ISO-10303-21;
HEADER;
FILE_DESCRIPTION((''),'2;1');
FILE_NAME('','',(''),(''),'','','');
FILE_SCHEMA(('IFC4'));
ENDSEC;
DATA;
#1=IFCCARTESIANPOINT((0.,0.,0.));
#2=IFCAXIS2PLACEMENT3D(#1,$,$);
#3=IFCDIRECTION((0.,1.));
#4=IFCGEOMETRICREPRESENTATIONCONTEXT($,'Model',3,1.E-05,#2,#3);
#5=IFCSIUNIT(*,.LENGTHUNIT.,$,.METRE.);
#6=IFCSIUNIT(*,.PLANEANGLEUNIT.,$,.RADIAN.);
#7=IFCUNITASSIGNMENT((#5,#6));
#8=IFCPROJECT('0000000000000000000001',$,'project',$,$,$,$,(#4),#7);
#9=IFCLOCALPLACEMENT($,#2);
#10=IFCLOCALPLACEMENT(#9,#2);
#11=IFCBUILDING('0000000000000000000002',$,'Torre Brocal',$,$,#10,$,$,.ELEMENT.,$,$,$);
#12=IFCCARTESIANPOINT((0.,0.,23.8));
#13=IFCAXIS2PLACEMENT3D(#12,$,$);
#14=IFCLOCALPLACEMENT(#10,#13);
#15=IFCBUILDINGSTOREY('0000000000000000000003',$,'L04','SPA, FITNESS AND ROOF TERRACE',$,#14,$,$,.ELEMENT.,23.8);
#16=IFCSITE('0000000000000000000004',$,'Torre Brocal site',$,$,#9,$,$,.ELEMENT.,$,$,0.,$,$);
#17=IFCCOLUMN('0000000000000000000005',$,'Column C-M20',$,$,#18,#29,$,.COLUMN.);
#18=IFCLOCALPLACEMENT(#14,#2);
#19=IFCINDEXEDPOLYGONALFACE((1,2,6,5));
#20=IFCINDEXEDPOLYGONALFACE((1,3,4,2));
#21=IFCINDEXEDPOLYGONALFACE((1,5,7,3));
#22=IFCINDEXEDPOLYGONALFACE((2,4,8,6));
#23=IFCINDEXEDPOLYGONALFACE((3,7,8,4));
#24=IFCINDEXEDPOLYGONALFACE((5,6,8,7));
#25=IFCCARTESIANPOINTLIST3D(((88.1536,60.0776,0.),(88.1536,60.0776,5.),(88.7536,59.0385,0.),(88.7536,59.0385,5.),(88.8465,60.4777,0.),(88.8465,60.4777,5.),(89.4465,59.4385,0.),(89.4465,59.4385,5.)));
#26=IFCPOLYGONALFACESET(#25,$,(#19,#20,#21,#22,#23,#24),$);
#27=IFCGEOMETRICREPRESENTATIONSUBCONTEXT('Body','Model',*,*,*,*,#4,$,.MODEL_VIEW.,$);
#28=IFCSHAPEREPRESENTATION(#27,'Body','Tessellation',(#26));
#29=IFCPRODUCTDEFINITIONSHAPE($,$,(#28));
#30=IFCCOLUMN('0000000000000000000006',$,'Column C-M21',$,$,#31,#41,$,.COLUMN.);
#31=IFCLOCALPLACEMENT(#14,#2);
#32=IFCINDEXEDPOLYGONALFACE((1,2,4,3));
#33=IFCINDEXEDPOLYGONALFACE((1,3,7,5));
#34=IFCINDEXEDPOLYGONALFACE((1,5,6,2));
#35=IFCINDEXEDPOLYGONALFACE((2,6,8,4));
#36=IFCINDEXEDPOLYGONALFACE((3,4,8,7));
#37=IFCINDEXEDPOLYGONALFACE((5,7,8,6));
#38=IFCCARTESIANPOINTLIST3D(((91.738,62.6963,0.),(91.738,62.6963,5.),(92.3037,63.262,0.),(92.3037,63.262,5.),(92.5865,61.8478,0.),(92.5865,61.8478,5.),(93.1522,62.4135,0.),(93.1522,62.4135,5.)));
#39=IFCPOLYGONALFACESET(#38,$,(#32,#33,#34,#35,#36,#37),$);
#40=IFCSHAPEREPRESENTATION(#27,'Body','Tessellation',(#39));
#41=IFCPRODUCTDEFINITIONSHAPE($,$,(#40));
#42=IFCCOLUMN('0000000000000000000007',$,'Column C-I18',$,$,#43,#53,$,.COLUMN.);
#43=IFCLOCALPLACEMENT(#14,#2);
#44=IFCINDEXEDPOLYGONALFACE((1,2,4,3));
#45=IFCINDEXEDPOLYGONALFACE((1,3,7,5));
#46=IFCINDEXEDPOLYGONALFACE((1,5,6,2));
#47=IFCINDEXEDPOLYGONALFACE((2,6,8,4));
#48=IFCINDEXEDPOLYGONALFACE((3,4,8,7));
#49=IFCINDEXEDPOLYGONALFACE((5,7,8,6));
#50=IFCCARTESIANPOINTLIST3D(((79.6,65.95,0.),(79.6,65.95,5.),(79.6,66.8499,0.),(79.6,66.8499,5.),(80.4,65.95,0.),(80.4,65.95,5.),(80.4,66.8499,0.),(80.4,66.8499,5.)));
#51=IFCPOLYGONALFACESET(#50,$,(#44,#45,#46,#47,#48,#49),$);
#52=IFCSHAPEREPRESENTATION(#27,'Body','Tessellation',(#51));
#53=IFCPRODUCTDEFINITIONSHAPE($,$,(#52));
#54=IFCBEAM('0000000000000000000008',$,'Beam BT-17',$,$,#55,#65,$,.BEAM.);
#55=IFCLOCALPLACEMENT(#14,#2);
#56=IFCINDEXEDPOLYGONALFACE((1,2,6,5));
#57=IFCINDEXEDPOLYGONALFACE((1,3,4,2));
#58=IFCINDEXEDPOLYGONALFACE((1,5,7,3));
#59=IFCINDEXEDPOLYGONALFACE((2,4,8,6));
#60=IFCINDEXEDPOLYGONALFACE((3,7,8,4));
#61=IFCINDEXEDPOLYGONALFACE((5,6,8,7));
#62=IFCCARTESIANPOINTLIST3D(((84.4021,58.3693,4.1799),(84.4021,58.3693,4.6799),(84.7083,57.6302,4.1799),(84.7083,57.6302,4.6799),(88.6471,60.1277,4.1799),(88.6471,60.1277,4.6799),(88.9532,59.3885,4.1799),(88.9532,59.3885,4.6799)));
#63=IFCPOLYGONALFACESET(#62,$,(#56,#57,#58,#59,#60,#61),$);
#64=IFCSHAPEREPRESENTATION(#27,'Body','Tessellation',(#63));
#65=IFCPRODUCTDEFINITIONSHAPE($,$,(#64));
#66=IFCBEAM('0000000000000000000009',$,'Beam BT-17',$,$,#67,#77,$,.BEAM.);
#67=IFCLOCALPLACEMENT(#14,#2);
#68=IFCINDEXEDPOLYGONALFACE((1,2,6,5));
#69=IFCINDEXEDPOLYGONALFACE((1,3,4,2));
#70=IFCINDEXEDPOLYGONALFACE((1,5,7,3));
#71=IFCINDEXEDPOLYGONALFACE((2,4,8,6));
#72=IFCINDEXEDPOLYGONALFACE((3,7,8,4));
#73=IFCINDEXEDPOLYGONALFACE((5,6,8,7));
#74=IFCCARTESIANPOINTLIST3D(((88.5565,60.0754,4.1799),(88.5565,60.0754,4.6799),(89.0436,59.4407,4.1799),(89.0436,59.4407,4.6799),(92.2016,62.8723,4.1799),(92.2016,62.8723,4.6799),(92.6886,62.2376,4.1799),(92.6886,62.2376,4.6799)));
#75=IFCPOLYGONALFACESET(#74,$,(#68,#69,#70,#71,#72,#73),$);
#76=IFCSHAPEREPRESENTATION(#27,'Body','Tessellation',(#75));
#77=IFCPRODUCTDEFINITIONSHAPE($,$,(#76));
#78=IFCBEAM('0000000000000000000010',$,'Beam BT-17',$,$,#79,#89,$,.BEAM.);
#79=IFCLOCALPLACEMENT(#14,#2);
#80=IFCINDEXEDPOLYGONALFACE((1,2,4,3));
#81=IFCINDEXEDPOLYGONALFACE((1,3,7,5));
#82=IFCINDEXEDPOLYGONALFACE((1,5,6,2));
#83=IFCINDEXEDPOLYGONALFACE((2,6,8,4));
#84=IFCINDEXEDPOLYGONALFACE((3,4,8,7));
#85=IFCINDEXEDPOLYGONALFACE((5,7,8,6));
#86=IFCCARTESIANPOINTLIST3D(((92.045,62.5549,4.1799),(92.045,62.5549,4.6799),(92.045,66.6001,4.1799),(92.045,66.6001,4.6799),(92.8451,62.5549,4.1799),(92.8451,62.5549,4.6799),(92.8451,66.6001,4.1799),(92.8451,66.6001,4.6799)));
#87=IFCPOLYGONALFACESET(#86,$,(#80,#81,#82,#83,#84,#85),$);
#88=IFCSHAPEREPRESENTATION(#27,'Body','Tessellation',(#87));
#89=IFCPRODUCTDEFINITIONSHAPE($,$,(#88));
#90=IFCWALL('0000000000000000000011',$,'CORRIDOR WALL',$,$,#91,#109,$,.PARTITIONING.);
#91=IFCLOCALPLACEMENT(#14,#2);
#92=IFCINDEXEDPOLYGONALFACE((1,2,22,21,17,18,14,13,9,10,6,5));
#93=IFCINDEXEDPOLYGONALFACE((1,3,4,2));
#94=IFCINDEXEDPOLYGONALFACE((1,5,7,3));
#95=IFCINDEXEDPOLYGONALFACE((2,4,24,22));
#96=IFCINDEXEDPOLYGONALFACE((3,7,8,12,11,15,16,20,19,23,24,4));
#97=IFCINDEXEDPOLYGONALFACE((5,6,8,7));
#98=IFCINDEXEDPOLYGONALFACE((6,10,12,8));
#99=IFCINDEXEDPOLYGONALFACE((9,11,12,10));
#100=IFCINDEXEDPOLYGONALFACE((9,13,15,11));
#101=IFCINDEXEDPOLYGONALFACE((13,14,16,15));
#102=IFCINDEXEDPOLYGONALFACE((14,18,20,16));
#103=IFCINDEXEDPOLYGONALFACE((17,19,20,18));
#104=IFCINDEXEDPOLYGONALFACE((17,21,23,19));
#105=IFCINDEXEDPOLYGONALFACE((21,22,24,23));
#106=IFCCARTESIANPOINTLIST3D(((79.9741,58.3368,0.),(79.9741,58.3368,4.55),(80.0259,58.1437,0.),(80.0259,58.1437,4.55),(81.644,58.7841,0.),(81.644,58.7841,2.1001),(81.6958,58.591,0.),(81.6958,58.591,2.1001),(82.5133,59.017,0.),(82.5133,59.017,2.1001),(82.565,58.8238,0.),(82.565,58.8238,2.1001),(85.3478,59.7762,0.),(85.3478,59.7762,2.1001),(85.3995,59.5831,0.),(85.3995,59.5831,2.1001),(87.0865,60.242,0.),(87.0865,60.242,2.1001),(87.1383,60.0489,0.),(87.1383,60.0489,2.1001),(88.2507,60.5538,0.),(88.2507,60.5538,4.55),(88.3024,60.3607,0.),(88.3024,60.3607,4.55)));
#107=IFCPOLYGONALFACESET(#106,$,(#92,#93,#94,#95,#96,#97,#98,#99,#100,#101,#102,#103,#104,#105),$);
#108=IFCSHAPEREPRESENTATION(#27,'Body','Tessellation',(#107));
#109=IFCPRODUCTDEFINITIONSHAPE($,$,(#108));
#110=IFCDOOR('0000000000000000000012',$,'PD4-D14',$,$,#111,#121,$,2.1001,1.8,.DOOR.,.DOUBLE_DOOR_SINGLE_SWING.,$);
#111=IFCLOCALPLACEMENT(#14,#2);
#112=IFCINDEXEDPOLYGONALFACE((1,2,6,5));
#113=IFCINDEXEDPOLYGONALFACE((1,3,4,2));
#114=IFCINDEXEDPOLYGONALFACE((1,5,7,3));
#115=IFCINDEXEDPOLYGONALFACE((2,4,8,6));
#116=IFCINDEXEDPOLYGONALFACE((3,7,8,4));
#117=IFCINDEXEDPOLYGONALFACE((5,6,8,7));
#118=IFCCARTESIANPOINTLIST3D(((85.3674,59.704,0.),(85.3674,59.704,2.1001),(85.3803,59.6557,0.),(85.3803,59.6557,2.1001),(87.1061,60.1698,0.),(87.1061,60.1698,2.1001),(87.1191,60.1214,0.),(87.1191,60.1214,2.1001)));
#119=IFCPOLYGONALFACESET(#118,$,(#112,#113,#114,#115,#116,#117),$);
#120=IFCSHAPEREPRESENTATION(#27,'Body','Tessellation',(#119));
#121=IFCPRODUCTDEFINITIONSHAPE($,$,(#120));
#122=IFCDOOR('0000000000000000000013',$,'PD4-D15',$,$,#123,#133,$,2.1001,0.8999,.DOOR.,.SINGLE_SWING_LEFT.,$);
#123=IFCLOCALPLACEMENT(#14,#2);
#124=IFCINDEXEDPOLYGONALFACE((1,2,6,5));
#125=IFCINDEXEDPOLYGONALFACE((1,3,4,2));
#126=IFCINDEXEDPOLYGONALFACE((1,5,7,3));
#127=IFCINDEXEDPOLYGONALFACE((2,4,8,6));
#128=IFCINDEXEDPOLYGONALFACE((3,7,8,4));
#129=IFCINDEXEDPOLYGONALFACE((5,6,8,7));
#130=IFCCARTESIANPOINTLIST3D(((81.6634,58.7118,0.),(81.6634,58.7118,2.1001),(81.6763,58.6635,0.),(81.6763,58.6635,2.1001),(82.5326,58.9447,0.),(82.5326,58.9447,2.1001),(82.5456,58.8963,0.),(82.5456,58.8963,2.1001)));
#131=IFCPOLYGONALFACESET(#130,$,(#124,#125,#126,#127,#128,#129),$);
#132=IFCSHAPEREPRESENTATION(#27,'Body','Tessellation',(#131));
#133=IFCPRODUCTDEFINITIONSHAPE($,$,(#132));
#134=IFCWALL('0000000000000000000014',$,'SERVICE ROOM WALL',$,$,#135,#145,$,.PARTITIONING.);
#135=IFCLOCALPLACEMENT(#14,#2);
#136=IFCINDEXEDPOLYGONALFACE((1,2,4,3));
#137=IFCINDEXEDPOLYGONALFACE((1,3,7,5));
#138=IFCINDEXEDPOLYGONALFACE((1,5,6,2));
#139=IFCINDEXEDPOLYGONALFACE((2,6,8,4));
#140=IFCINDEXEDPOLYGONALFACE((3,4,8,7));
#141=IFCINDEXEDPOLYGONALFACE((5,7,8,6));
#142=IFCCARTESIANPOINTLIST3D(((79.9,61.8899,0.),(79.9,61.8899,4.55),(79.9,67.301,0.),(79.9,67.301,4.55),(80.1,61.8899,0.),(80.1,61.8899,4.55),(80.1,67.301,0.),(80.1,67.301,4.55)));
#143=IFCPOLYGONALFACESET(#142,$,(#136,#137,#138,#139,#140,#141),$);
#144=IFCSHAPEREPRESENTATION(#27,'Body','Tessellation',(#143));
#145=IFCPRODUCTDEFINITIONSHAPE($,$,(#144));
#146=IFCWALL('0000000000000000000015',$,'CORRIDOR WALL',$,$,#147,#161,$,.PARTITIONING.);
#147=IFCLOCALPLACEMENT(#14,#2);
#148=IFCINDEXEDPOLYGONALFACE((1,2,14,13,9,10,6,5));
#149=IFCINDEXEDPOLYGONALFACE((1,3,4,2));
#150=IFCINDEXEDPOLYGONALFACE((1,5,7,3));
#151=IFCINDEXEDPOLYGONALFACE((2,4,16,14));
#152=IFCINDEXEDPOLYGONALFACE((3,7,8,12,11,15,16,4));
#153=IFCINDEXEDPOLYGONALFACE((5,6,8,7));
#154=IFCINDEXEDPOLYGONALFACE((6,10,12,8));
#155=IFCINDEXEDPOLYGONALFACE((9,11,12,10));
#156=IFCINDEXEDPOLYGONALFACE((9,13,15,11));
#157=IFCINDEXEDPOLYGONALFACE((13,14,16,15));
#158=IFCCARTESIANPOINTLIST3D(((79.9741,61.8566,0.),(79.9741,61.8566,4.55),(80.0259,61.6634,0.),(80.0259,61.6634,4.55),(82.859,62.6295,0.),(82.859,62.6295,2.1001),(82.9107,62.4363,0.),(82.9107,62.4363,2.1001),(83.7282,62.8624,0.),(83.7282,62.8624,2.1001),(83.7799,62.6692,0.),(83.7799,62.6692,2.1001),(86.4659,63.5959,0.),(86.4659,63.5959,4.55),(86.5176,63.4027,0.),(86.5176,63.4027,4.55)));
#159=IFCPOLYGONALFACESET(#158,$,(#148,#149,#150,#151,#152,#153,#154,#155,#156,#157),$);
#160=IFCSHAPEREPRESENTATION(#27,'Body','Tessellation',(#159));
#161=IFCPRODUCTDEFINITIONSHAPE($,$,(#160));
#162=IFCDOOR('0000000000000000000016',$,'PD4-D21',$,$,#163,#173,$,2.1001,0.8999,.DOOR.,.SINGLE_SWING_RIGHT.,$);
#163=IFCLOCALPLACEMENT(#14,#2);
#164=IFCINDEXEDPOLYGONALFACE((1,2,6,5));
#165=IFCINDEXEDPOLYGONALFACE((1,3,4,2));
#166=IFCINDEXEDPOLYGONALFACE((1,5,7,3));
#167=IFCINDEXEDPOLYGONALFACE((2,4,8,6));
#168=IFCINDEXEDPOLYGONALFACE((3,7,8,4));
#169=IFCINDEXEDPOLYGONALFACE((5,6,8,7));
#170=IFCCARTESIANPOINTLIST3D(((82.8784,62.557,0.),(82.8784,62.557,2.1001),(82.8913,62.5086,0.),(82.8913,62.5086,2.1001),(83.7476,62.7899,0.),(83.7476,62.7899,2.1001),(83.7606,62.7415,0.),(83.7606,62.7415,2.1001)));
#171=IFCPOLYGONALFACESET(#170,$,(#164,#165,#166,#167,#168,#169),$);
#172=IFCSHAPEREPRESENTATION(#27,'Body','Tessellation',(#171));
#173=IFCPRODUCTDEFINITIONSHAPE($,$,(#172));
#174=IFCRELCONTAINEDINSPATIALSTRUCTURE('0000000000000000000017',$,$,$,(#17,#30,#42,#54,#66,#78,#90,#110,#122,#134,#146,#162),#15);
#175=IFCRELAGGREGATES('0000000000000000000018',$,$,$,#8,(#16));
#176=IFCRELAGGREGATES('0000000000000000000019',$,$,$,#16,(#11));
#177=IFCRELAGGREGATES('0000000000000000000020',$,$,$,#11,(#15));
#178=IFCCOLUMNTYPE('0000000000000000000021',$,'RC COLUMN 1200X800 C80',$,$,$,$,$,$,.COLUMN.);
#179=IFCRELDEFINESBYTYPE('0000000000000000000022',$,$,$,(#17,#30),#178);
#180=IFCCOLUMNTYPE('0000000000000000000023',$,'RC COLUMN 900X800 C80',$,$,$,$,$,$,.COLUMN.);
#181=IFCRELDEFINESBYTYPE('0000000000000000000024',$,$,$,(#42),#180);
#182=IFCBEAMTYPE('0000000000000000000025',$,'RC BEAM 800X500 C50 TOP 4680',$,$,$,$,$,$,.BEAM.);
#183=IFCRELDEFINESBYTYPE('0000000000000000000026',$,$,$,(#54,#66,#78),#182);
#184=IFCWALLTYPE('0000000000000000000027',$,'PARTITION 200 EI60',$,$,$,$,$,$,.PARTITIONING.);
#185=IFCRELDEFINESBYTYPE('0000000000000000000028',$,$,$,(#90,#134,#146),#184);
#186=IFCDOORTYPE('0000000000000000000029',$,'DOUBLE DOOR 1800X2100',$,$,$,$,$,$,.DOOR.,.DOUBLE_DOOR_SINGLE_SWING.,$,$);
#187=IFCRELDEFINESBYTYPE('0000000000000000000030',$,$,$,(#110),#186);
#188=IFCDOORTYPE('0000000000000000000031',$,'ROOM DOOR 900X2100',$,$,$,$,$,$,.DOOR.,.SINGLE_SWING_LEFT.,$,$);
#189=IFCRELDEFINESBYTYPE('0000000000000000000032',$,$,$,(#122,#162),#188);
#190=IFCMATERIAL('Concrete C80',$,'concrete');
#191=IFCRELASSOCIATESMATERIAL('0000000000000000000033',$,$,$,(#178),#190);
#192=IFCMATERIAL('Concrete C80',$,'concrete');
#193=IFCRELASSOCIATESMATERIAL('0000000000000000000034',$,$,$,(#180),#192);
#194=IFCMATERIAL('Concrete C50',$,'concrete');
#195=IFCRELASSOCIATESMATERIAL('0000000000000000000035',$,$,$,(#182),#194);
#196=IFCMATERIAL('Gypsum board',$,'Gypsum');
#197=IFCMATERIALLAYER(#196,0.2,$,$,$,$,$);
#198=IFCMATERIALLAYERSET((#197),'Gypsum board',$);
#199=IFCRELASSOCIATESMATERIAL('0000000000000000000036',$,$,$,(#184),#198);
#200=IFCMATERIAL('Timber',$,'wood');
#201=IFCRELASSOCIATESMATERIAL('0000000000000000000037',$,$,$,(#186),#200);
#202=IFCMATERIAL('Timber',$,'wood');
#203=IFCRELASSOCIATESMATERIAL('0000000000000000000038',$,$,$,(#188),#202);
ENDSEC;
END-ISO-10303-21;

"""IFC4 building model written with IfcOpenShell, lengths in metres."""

from ifc_helpers import new_model, si_unit, direction, frame, frame_2d, origin, origin_2d, place, context, subcontext, project, spatial, rectangle, extrude, material, layer, layer_set, material_profile, profile_set, type_object, element, fill, save


model = new_model("IFC4")

# Units and contexts
model_context = context("Model", 3, precision=1e-05, world=origin(), true_north=direction((0.0, 1.0)))
body_context = subcontext(model_context, "Body", "Model", "MODEL_VIEW")
ifc_project = project(units=[si_unit("LENGTHUNIT", "METRE"), si_unit("PLANEANGLEUNIT", "RADIAN")], contexts=[model_context])

# Site, building, storey
site_placement = place(None, origin())
site = spatial("IfcSite", under=ifc_project, at=site_placement, Name="Torre Brocal site", CompositionType="ELEMENT", RefElevation=0.0)
building_placement = place(site_placement, origin())
building = spatial("IfcBuilding", under=site, at=building_placement, Name="Torre Brocal", CompositionType="ELEMENT")
storey_placement = place(building_placement, frame((0.0, 0.0, 23.8)))
storey = spatial("IfcBuildingStorey", under=building, at=storey_placement, Name="L04", Description="SPA, FITNESS AND ROOF TERRACE", CompositionType="ELEMENT", Elevation=23.8)

# Columns
ifc_material_1 = material(Name="Concrete C80", Category="concrete")
ifc_material_profile_1 = material_profile(ifc_material_1, rectangle(XDim=1.2, YDim=0.8, at=origin_2d()), Name="RC 1200X800")
ifc_profile_set_1 = profile_set([ifc_material_profile_1], Name="Concrete C80")
column_type_1 = type_object("IfcColumnType", Name="RC COLUMN 1200X800 C80", PredefinedType="COLUMN", material=ifc_profile_set_1)
for number, where, z_axis, x_axis, name in (
    (1, (88.8, 59.7581, 0.0), (0.0, 0.0, 1.0), (0.5, -0.866025, 0.0), "Column C-M20"),
    (2, (92.4451, 62.5549, 0.0), (0.0, 0.0, 1.0), (0.707107, -0.707107, 0.0), "Column C-M21"),
):
    element("IfcColumn", number, at=place(storey_placement, frame(where, z_axis=z_axis, x_axis=x_axis)), inside=storey, type_object=column_type_1, Name=name, PredefinedType="COLUMN", context=body_context, shape_type="SweptSolid", body=[
        extrude(rectangle(XDim=1.2, YDim=0.8, at=origin_2d()), origin(), (0.0, 0.0, 1.0), 5.0),
    ])
ifc_material_2 = material(Name="Concrete C80", Category="concrete")
ifc_material_profile_2 = material_profile(ifc_material_2, rectangle(XDim=0.8999, YDim=0.8, at=origin_2d()), Name="RC 900X800")
ifc_profile_set_2 = profile_set([ifc_material_profile_2], Name="Concrete C80")
column_type_2 = type_object("IfcColumnType", Name="RC COLUMN 900X800 C80", PredefinedType="COLUMN", material=ifc_profile_set_2)
column_placement = place(storey_placement, frame((80.0, 66.3999, 0.0), z_axis=(0.0, 0.0, 1.0), x_axis=(0.0, -1.0, 0.0)))
element("IfcColumn", 3, at=column_placement, inside=storey, type_object=column_type_2, Name="Column C-I18", PredefinedType="COLUMN", context=body_context, shape_type="SweptSolid", body=[
    extrude(rectangle(XDim=0.8999, YDim=0.8, at=origin_2d()), origin(), (0.0, 0.0, 1.0), 5.0),
])

# Beams
ifc_material_3 = material(Name="Concrete C50", Category="concrete")
ifc_material_profile_3 = material_profile(ifc_material_3, rectangle(XDim=0.8, YDim=0.5, at=origin_2d()), Name="RC 800X500")
ifc_profile_set_3 = profile_set([ifc_material_profile_3], Name="Concrete C50")
beam_type = type_object("IfcBeamType", Name="RC BEAM 800X500 C50 TOP 4680", PredefinedType="BEAM", material=ifc_profile_set_3)
beam_1_placement = place(storey_placement, frame((84.5552, 57.9998, 4.4299), z_axis=(0.923878, 0.382687, 0.0), x_axis=(-0.382687, 0.923878, 0.0)))
element("IfcBeam", 4, at=beam_1_placement, inside=storey, type_object=beam_type, Name="Beam BT-17", PredefinedType="BEAM", context=body_context, shape_type="SweptSolid", body=[
    extrude(rectangle(XDim=0.8, YDim=0.5, at=origin_2d()), origin(), (0.0, 0.0, 1.0), 4.5947),
])
beam_2_placement = place(storey_placement, frame((88.8, 59.7581, 4.4299), z_axis=(0.793358, 0.608755, 0.0), x_axis=(-0.608755, 0.793358, 0.0)))
element("IfcBeam", 5, at=beam_2_placement, inside=storey, type_object=beam_type, Name="Beam BT-17", PredefinedType="BEAM", context=body_context, shape_type="SweptSolid", body=[
    extrude(rectangle(XDim=0.8, YDim=0.5, at=origin_2d()), origin(), (0.0, 0.0, 1.0), 4.5945),
])
beam_3_placement = place(storey_placement, frame((92.4451, 62.5549, 4.4299), z_axis=(0.0, 1.0, 0.0), x_axis=(-1.0, 0.0, 0.0)))
element("IfcBeam", 6, at=beam_3_placement, inside=storey, type_object=beam_type, Name="Beam BT-17", PredefinedType="BEAM", context=body_context, shape_type="SweptSolid", body=[
    extrude(rectangle(XDim=0.8, YDim=0.5, at=origin_2d()), origin(), (0.0, 0.0, 1.0), 4.0452),
])

# Wall, openings, doors
ifc_material_4 = material(Name="Gypsum board", Category="Gypsum")
ifc_layer_1 = layer(ifc_material_4, 0.2)
ifc_layer_set_1 = layer_set([ifc_layer_1], Name="Gypsum board")
wall_type_1 = type_object("IfcWallType", Name="PARTITION 200 EI60", PredefinedType="PARTITIONING", material=ifc_layer_set_1)
wall_1_placement = place(storey_placement, frame((80.0, 58.2402, 0.0), z_axis=(0.0, 0.0, 1.0), x_axis=(0.965945, 0.258746, 0.0)))
wall_1 = element("IfcWall", 7, at=wall_1_placement, inside=storey, type_object=wall_type_1, Name="CORRIDOR WALL", PredefinedType="PARTITIONING", context=body_context, shape_type="SweptSolid", body=[
    extrude(rectangle(XDim=8.5684, YDim=0.2, at=frame_2d((4.2842, 0.0))), origin(), (0.0, 0.0, 1.0), 4.55),
])
opening_1_placement = place(wall_1_placement, frame((5.5632, 0.0, 0.0)))
opening_1 = element("IfcOpeningElement", 8, at=opening_1_placement, cuts=wall_1, PredefinedType="OPENING", context=body_context, shape_type="SweptSolid", body=[
    extrude(rectangle(XDim=1.8, YDim=2.1001, at=frame_2d((0.8999, 1.05))), frame((0.0, 0.1099, 0.0), z_axis=(0.0, -1.0, 0.0), x_axis=(1.0, 0.0, 0.0)), (0.0, 0.0, 1.0), 0.22),
])
opening_2_placement = place(wall_1_placement, frame((1.7288, 0.0, 0.0)))
opening_2 = element("IfcOpeningElement", 9, at=opening_2_placement, cuts=wall_1, PredefinedType="OPENING", context=body_context, shape_type="SweptSolid", body=[
    extrude(rectangle(XDim=0.8999, YDim=2.1001, at=frame_2d((0.45, 1.05))), frame((0.0, 0.1099, 0.0), z_axis=(0.0, -1.0, 0.0), x_axis=(1.0, 0.0, 0.0)), (0.0, 0.0, 1.0), 0.22),
])
ifc_material_5 = material(Name="Timber", Category="wood")
door_type_1 = type_object("IfcDoorType", Name="DOUBLE DOOR 1800X2100", OperationType="DOUBLE_DOOR_SINGLE_SWING", PredefinedType="DOOR", material=ifc_material_5)
door_1_placement = place(opening_1_placement, frame((1.8, 0.0, 0.0), z_axis=(0.0, 0.0, 1.0), x_axis=(-1.0, 0.0, 0.0)))
door_1 = element("IfcDoor", 10, at=door_1_placement, inside=storey, type_object=door_type_1, Name="PD4-D14", OperationType="DOUBLE_DOOR_SINGLE_SWING", OverallHeight=2.1001, OverallWidth=1.8, PredefinedType="DOOR", context=body_context, shape_type="SweptSolid", body=[
    extrude(rectangle(XDim=1.8, YDim=2.1001, at=frame_2d((0.8999, 1.05))), frame((0.0, 0.0249, 0.0), z_axis=(0.0, -1.0, 0.0), x_axis=(1.0, 0.0, 0.0)), (0.0, 0.0, 1.0), 0.05),
])
fill(opening_1, door_1)
ifc_material_6 = material(Name="Timber", Category="wood")
door_type_2 = type_object("IfcDoorType", Name="ROOM DOOR 900X2100", OperationType="SINGLE_SWING_LEFT", PredefinedType="DOOR", material=ifc_material_6)
door_2_placement = place(opening_2_placement, frame((0.8999, 0.0, 0.0), z_axis=(0.0, 0.0, 1.0), x_axis=(-1.0, 0.0, 0.0)))
door_2 = element("IfcDoor", 11, at=door_2_placement, inside=storey, type_object=door_type_2, Name="PD4-D15", OperationType="SINGLE_SWING_LEFT", OverallHeight=2.1001, OverallWidth=0.8999, PredefinedType="DOOR", context=body_context, shape_type="SweptSolid", body=[
    extrude(rectangle(XDim=0.8999, YDim=2.1001, at=frame_2d((0.45, 1.05))), frame((0.0, 0.0249, 0.0), z_axis=(0.0, -1.0, 0.0), x_axis=(1.0, 0.0, 0.0)), (0.0, 0.0, 1.0), 0.05),
])
fill(opening_2, door_2)

# Wall
wall_2_placement = place(storey_placement, frame((80.0, 61.8899, 0.0), z_axis=(0.0, 0.0, 1.0), x_axis=(0.0, 1.0, 0.0)))
element("IfcWall", 12, at=wall_2_placement, inside=storey, type_object=wall_type_1, Name="SERVICE ROOM WALL", PredefinedType="PARTITIONING", context=body_context, shape_type="SweptSolid", body=[
    extrude(rectangle(XDim=5.4111, YDim=0.2, at=frame_2d((2.7056, 0.0))), origin(), (0.0, 0.0, 1.0), 4.55),
])

# Wall, opening, door
wall_3_placement = place(storey_placement, frame((80.0, 61.76, 0.0), z_axis=(0.0, 0.0, 1.0), x_axis=(0.965933, 0.258793, 0.0)))
wall_3 = element("IfcWall", 13, at=wall_3_placement, inside=storey, type_object=wall_type_1, Name="CORRIDOR WALL", PredefinedType="PARTITIONING", context=body_context, shape_type="SweptSolid", body=[
    extrude(rectangle(XDim=6.7207, YDim=0.2, at=frame_2d((3.3604, 0.0))), origin(), (0.0, 0.0, 1.0), 4.55),
])
opening_3_placement = place(wall_3_placement, frame((2.9866, 0.0, 0.0)))
opening_3 = element("IfcOpeningElement", 14, at=opening_3_placement, cuts=wall_3, PredefinedType="OPENING", context=body_context, shape_type="SweptSolid", body=[
    extrude(rectangle(XDim=0.8999, YDim=2.1001, at=frame_2d((0.45, 1.05))), frame((0.0, 0.1099, 0.0), z_axis=(0.0, -1.0, 0.0), x_axis=(1.0, 0.0, 0.0)), (0.0, 0.0, 1.0), 0.22),
])
door_3_placement = place(opening_3_placement, origin())
door_3 = element("IfcDoor", 15, at=door_3_placement, inside=storey, type_object=door_type_2, Name="PD4-D21", OperationType="SINGLE_SWING_RIGHT", OverallHeight=2.1001, OverallWidth=0.8999, PredefinedType="DOOR", context=body_context, shape_type="SweptSolid", body=[
    extrude(rectangle(XDim=0.8999, YDim=2.1001, at=frame_2d((0.45, 1.05))), frame((0.0, 0.0249, 0.0), z_axis=(0.0, -1.0, 0.0), x_axis=(1.0, 0.0, 0.0)), (0.0, 0.0, 1.0), 0.05),
])
fill(opening_3, door_3)

save(model, "model.ifc")
